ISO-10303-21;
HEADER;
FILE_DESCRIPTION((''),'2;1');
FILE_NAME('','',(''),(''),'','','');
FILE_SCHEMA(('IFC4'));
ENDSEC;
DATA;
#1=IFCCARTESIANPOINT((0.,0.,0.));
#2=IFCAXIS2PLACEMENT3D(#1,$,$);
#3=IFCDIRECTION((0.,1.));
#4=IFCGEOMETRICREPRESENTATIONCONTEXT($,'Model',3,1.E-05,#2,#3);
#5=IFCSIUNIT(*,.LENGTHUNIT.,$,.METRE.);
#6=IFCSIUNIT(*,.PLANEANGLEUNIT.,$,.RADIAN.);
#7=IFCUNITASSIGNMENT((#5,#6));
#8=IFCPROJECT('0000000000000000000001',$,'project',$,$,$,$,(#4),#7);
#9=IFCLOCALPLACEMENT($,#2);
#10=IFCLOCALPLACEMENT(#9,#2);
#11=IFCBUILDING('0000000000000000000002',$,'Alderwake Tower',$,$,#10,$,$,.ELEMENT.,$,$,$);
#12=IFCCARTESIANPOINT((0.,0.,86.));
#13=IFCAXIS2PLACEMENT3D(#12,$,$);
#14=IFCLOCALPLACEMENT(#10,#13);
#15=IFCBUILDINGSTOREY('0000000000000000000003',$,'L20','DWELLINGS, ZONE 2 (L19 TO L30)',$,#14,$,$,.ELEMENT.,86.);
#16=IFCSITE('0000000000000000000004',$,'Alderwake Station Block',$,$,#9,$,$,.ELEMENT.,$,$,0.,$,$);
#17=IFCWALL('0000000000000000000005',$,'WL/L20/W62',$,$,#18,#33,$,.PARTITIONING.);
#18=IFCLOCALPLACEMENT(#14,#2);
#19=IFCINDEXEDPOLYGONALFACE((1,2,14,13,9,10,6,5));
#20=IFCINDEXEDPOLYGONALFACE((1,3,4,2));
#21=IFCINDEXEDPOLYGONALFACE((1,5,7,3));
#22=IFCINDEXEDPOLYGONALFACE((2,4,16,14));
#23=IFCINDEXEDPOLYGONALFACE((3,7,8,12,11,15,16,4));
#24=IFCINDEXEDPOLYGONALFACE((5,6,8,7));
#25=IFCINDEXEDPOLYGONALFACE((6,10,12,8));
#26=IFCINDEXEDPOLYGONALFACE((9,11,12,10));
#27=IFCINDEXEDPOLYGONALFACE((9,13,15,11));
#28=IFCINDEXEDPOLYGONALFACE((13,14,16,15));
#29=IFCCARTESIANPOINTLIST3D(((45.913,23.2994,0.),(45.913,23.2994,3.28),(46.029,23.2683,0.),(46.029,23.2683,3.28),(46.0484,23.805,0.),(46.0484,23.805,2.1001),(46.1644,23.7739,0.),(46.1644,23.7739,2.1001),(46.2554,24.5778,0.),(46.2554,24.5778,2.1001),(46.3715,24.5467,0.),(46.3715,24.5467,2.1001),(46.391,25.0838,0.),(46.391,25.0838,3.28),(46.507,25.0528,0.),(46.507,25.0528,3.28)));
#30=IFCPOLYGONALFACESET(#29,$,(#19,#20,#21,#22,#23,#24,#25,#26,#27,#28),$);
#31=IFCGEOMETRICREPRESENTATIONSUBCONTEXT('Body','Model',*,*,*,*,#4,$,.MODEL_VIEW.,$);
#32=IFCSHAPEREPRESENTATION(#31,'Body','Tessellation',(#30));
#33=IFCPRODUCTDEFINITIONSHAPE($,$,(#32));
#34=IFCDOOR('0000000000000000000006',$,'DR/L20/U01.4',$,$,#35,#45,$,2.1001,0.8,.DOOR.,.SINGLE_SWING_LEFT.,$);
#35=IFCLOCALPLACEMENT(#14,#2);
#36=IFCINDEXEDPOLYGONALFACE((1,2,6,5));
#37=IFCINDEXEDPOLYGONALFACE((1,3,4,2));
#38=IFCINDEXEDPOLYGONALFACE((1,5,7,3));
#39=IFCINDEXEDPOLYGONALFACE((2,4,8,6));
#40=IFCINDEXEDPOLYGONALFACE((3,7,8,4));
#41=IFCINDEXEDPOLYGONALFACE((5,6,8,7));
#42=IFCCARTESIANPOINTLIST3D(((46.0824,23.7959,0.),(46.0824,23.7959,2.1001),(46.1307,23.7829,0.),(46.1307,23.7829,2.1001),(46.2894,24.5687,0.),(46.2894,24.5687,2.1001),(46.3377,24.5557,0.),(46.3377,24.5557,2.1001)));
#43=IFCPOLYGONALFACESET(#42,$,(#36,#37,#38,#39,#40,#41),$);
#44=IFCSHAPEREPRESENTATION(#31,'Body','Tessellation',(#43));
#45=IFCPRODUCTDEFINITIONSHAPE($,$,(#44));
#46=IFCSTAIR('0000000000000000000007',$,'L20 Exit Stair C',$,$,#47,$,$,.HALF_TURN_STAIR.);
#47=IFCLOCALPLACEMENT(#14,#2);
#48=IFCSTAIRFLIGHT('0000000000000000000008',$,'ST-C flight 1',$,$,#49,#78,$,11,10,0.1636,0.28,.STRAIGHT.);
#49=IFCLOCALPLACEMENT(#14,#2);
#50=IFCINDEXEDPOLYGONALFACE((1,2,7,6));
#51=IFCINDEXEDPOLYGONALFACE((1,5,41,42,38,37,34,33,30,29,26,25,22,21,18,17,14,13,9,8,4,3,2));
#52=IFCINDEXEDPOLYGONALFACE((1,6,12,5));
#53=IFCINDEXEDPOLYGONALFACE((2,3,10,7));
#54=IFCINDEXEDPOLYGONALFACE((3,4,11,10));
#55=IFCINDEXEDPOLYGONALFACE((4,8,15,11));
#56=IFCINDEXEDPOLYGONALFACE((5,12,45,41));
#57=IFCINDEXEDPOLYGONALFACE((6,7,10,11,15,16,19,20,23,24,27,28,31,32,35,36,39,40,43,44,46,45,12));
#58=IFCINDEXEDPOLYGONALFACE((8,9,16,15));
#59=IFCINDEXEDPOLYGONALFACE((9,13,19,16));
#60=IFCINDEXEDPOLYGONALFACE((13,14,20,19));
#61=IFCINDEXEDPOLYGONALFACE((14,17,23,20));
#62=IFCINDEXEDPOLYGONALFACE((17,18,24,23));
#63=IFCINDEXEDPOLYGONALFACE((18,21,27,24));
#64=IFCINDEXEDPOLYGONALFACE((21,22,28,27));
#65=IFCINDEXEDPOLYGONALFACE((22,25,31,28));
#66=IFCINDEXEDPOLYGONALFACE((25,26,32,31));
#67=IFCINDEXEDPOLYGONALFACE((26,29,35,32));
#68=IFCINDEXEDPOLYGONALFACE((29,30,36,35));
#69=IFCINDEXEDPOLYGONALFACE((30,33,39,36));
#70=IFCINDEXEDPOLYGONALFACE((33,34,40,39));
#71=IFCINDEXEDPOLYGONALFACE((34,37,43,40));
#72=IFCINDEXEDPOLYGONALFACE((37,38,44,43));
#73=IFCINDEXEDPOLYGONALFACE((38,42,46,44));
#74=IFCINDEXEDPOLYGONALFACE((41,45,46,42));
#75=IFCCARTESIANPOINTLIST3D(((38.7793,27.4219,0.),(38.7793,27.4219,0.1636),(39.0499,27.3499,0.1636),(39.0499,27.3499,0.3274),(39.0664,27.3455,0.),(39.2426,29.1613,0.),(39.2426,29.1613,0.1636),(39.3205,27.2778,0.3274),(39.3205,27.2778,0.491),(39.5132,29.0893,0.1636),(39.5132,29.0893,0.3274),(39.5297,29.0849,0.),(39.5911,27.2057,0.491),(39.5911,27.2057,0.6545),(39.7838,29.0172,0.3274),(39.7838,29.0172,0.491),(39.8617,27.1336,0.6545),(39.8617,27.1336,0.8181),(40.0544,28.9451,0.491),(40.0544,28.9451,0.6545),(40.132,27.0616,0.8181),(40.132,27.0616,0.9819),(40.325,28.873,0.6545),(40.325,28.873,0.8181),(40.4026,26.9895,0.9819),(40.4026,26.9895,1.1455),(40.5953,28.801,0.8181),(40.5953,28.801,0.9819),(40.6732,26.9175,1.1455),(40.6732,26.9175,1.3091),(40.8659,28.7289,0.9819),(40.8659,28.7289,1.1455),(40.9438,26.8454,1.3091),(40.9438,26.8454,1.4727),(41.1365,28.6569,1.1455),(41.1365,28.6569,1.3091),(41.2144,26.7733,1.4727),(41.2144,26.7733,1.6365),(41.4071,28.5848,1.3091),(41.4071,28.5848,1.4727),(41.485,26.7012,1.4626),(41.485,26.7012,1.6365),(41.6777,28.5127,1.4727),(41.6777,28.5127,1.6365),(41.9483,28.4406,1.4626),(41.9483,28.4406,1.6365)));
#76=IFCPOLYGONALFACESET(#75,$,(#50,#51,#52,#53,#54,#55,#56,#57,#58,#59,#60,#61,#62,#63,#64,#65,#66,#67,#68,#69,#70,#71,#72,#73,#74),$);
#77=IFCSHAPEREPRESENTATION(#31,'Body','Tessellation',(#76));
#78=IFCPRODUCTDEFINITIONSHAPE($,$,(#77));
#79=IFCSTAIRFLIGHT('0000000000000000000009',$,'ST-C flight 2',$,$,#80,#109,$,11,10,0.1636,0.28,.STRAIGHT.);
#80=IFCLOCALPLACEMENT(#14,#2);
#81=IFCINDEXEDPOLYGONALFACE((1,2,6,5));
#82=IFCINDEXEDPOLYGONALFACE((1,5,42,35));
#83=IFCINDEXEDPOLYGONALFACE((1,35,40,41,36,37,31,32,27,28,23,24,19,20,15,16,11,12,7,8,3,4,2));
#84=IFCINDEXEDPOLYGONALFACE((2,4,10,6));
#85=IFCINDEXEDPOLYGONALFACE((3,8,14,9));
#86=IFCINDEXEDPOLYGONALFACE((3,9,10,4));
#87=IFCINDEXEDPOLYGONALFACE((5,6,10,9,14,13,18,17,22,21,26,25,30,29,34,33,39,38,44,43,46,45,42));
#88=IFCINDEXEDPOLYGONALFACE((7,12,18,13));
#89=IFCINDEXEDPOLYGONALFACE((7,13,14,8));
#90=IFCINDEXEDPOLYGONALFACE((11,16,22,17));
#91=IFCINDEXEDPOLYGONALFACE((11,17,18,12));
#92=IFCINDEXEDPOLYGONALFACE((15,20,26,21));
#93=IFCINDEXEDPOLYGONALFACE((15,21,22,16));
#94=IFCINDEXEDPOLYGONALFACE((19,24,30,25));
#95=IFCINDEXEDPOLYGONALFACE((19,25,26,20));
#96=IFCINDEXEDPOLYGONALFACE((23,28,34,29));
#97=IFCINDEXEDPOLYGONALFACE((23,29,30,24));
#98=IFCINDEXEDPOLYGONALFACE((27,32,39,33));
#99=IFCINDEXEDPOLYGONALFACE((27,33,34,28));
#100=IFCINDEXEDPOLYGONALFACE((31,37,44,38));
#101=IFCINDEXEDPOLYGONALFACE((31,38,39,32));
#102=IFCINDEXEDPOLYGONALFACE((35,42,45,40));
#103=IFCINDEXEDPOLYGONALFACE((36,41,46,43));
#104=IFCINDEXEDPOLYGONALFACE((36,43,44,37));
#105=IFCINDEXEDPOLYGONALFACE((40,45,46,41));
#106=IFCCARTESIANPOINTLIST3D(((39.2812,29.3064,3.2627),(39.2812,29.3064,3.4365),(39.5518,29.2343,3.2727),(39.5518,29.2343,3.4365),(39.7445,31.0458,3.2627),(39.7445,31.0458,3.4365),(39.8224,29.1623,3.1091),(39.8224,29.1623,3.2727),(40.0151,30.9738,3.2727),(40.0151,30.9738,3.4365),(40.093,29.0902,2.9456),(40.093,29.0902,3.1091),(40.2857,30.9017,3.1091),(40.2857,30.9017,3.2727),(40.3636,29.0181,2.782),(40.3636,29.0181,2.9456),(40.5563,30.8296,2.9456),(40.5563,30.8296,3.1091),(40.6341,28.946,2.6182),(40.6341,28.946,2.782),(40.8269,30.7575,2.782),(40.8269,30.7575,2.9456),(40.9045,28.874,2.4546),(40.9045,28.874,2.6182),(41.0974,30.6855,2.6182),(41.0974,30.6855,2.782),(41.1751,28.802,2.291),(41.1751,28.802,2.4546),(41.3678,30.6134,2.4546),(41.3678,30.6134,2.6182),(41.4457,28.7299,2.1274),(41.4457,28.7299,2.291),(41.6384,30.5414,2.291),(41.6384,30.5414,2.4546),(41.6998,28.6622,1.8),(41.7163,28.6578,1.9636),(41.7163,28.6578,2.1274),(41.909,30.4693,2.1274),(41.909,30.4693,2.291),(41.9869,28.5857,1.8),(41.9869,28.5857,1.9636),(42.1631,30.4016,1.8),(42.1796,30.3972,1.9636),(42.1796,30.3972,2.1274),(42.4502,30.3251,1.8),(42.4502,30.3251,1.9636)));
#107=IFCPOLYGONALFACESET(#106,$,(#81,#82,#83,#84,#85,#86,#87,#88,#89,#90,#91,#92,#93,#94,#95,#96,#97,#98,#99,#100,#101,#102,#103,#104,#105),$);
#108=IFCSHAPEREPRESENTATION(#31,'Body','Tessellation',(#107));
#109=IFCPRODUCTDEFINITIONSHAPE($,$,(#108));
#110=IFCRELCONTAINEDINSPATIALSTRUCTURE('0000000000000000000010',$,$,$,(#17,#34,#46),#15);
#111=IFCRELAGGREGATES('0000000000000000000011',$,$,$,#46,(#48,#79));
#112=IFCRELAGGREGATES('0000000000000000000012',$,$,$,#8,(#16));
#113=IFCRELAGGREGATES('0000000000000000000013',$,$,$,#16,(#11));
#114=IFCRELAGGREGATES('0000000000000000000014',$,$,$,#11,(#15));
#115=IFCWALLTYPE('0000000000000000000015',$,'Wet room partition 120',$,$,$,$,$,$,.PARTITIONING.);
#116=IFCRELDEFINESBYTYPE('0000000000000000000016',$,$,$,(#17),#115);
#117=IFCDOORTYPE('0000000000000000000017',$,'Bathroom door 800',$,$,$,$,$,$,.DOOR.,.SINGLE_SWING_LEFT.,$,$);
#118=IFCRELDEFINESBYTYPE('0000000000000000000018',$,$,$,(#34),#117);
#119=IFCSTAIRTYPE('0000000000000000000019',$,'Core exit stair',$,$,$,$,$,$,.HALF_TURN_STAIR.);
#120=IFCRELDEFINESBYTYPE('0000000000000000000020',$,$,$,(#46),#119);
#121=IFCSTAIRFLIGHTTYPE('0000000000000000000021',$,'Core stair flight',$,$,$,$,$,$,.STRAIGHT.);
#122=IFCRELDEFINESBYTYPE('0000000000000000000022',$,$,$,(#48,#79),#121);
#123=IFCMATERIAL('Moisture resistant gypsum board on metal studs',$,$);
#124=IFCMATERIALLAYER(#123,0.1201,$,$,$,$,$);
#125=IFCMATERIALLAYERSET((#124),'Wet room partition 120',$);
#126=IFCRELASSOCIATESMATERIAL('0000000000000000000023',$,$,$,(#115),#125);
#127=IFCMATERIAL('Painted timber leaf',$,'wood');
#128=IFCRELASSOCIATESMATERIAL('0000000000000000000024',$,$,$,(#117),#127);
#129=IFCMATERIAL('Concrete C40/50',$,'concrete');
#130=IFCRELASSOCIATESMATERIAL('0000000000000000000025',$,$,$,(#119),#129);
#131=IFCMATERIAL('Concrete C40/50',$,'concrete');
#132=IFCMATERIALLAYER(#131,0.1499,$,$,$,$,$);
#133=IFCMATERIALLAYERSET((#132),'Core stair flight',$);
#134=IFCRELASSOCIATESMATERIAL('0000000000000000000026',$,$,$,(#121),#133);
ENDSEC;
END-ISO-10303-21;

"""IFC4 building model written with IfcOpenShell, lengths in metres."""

from ifc_helpers import new_model, si_unit, direction, frame, frame_2d, origin, place, context, subcontext, project, spatial, polyline, rectangle, outline, extrude, material, layer, layer_set, type_object, element, fill, aggregate, save


model = new_model("IFC4")

# Units and contexts
model_context = context("Model", 3, precision=1e-05, world=origin(), true_north=direction((0.0, 1.0)))
body_context = subcontext(model_context, "Body", "Model", "MODEL_VIEW")
ifc_project = project(units=[si_unit("LENGTHUNIT", "METRE"), si_unit("PLANEANGLEUNIT", "RADIAN")], contexts=[model_context])

# Site, building, storey
site_placement = place(None, origin())
site = spatial("IfcSite", under=ifc_project, at=site_placement, Name="Alderwake Station Block", CompositionType="ELEMENT", RefElevation=0.0)
building_placement = place(site_placement, origin())
building = spatial("IfcBuilding", under=site, at=building_placement, Name="Alderwake Tower", CompositionType="ELEMENT")
storey_placement = place(building_placement, frame((0.0, 0.0, 86.0)))
storey = spatial("IfcBuildingStorey", under=building, at=storey_placement, Name="L20", Description="DWELLINGS, ZONE 2 (L19 TO L30)", CompositionType="ELEMENT", Elevation=86.0)

# Shared definitions
ifc_material_1 = material(Name="Moisture resistant gypsum board on metal studs")
ifc_layer_1 = layer(ifc_material_1, 0.1201)
ifc_layer_set_1 = layer_set([ifc_layer_1], Name="Wet room partition 120")
wall_type_1 = type_object("IfcWallType", Name="Wet room partition 120", PredefinedType="PARTITIONING", material=ifc_layer_set_1)

# Wall, opening, door
ifc_material_2 = material(Name="Painted timber leaf", Category="wood")
door_type_1 = type_object("IfcDoorType", Name="Bathroom door 800", OperationType="SINGLE_SWING_LEFT", PredefinedType="DOOR", material=ifc_material_2)
wall_1_placement = place(storey_placement, frame((45.9709, 23.2837, 0.0), z_axis=(0.0, 0.0, 1.0), x_axis=(0.258765, 0.96594, 0.0)))
wall_1 = element("IfcWall", 1, at=wall_1_placement, inside=storey, type_object=wall_type_1, Name="WL/L20/W62", PredefinedType="PARTITIONING", context=body_context, shape_type="SweptSolid", body=[
    extrude(rectangle(XDim=1.8474, YDim=0.1201, at=frame_2d((0.9238, 0.0))), origin(), (0.0, 0.0, 1.0), 3.28),
])
opening_1_placement = place(wall_1_placement, frame((0.5237, 0.0, 0.0)))
opening_1 = element("IfcOpeningElement", 2, at=opening_1_placement, cuts=wall_1, PredefinedType="OPENING", context=body_context, shape_type="SweptSolid", body=[
    extrude(rectangle(XDim=0.8, YDim=2.1001, at=frame_2d((0.3999, 1.05))), frame((0.0, 0.0701, 0.0), z_axis=(0.0, -1.0, 0.0), x_axis=(1.0, 0.0, 0.0)), (0.0, 0.0, 1.0), 0.1401),
])
door_1_placement = place(opening_1_placement, origin())
door_1 = element("IfcDoor", 3, at=door_1_placement, inside=storey, type_object=door_type_1, Name="DR/L20/U01.4", OperationType="SINGLE_SWING_LEFT", OverallHeight=2.1001, OverallWidth=0.8, PredefinedType="DOOR", context=body_context, shape_type="SweptSolid", body=[
    extrude(rectangle(XDim=0.8, YDim=2.1001, at=frame_2d((0.3999, 1.05))), frame((0.0, 0.0249, 0.0), z_axis=(0.0, -1.0, 0.0), x_axis=(1.0, 0.0, 0.0)), (0.0, 0.0, 1.0), 0.05),
])
fill(opening_1, door_1)

# Stair, stair flights
ifc_material_3 = material(Name="Concrete C40/50", Category="concrete")
stair_type = type_object("IfcStairType", Name="Core exit stair", PredefinedType="HALF_TURN_STAIR", material=ifc_material_3)
stair_placement = place(storey_placement, origin())
stair = element("IfcStair", 4, at=stair_placement, inside=storey, type_object=stair_type, Name="L20 Exit Stair C", PredefinedType="HALF_TURN_STAIR")
ifc_material_4 = material(Name="Concrete C40/50", Category="concrete")
ifc_layer_2 = layer(ifc_material_4, 0.1499)
ifc_layer_set_2 = layer_set([ifc_layer_2], Name="Core stair flight")
stair_flight_type = type_object("IfcStairFlightType", Name="Core stair flight", PredefinedType="STRAIGHT", material=ifc_layer_set_2)
stair_flight_1_placement = place(storey_placement, frame((39.011, 28.2917, 0.0), z_axis=(0.0, 0.0, 1.0), x_axis=(0.96631, -0.257382, 0.0)))
stair_flight_1 = element("IfcStairFlight", 5, at=stair_flight_1_placement, type_object=stair_flight_type, Name="ST-C flight 1", NumberOfRisers=11, NumberOfTreads=10, PredefinedType="STRAIGHT", RiserHeight=0.1636, TreadLength=0.28, context=body_context, shape_type="SweptSolid", body=[
    extrude(outline(polyline([(0.0, 0.0), (0.0, 0.1636), (0.28, 0.1636), (0.28, 0.3274), (0.5601, 0.3274), (0.5601, 0.491), (0.8401, 0.491), (0.8401, 0.6545), (1.1201, 0.6545), (1.1201, 0.8181), (1.3999, 0.8181), (1.3999, 0.9819), (1.6799, 0.9819), (1.6799, 1.1455), (1.96, 1.1455), (1.96, 1.3091), (2.24, 1.3091), (2.24, 1.4727), (2.52, 1.4727), (2.52, 1.6365), (2.8, 1.6365), (2.8, 1.8), (2.8, 1.4626), (0.2971, 0.0), (0.0, 0.0)])), frame((0.0, 0.8999, 0.0), z_axis=(0.0, -1.0, 0.0), x_axis=(1.0, 0.0, 0.0)), (0.0, 0.0, 1.0), 1.8),
])
stair_flight_2_placement = place(storey_placement, frame((42.2185, 29.4553, 1.8), z_axis=(0.0, 0.0, 1.0), x_axis=(-0.96631, 0.257382, 0.0)))
stair_flight_2 = element("IfcStairFlight", 6, at=stair_flight_2_placement, type_object=stair_flight_type, Name="ST-C flight 2", NumberOfRisers=11, NumberOfTreads=10, PredefinedType="STRAIGHT", RiserHeight=0.1636, TreadLength=0.28, context=body_context, shape_type="SweptSolid", body=[
    extrude(outline(polyline([(0.0, 0.0), (0.0, 0.1636), (0.28, 0.1636), (0.28, 0.3274), (0.5601, 0.3274), (0.5601, 0.491), (0.8401, 0.491), (0.8401, 0.6545), (1.1201, 0.6545), (1.1201, 0.8181), (1.3999, 0.8181), (1.3999, 0.9819), (1.6799, 0.9819), (1.6799, 1.1455), (1.96, 1.1455), (1.96, 1.3091), (2.24, 1.3091), (2.24, 1.4727), (2.52, 1.4727), (2.52, 1.6365), (2.8, 1.6365), (2.8, 1.8), (2.8, 1.4626), (0.2971, 0.0), (0.0, 0.0)])), frame((0.0, 0.8999, 0.0), z_axis=(0.0, -1.0, 0.0), x_axis=(1.0, 0.0, 0.0)), (0.0, 0.0, 1.0), 1.8),
])
aggregate(stair, [stair_flight_1, stair_flight_2])

save(model, "model.ifc")
